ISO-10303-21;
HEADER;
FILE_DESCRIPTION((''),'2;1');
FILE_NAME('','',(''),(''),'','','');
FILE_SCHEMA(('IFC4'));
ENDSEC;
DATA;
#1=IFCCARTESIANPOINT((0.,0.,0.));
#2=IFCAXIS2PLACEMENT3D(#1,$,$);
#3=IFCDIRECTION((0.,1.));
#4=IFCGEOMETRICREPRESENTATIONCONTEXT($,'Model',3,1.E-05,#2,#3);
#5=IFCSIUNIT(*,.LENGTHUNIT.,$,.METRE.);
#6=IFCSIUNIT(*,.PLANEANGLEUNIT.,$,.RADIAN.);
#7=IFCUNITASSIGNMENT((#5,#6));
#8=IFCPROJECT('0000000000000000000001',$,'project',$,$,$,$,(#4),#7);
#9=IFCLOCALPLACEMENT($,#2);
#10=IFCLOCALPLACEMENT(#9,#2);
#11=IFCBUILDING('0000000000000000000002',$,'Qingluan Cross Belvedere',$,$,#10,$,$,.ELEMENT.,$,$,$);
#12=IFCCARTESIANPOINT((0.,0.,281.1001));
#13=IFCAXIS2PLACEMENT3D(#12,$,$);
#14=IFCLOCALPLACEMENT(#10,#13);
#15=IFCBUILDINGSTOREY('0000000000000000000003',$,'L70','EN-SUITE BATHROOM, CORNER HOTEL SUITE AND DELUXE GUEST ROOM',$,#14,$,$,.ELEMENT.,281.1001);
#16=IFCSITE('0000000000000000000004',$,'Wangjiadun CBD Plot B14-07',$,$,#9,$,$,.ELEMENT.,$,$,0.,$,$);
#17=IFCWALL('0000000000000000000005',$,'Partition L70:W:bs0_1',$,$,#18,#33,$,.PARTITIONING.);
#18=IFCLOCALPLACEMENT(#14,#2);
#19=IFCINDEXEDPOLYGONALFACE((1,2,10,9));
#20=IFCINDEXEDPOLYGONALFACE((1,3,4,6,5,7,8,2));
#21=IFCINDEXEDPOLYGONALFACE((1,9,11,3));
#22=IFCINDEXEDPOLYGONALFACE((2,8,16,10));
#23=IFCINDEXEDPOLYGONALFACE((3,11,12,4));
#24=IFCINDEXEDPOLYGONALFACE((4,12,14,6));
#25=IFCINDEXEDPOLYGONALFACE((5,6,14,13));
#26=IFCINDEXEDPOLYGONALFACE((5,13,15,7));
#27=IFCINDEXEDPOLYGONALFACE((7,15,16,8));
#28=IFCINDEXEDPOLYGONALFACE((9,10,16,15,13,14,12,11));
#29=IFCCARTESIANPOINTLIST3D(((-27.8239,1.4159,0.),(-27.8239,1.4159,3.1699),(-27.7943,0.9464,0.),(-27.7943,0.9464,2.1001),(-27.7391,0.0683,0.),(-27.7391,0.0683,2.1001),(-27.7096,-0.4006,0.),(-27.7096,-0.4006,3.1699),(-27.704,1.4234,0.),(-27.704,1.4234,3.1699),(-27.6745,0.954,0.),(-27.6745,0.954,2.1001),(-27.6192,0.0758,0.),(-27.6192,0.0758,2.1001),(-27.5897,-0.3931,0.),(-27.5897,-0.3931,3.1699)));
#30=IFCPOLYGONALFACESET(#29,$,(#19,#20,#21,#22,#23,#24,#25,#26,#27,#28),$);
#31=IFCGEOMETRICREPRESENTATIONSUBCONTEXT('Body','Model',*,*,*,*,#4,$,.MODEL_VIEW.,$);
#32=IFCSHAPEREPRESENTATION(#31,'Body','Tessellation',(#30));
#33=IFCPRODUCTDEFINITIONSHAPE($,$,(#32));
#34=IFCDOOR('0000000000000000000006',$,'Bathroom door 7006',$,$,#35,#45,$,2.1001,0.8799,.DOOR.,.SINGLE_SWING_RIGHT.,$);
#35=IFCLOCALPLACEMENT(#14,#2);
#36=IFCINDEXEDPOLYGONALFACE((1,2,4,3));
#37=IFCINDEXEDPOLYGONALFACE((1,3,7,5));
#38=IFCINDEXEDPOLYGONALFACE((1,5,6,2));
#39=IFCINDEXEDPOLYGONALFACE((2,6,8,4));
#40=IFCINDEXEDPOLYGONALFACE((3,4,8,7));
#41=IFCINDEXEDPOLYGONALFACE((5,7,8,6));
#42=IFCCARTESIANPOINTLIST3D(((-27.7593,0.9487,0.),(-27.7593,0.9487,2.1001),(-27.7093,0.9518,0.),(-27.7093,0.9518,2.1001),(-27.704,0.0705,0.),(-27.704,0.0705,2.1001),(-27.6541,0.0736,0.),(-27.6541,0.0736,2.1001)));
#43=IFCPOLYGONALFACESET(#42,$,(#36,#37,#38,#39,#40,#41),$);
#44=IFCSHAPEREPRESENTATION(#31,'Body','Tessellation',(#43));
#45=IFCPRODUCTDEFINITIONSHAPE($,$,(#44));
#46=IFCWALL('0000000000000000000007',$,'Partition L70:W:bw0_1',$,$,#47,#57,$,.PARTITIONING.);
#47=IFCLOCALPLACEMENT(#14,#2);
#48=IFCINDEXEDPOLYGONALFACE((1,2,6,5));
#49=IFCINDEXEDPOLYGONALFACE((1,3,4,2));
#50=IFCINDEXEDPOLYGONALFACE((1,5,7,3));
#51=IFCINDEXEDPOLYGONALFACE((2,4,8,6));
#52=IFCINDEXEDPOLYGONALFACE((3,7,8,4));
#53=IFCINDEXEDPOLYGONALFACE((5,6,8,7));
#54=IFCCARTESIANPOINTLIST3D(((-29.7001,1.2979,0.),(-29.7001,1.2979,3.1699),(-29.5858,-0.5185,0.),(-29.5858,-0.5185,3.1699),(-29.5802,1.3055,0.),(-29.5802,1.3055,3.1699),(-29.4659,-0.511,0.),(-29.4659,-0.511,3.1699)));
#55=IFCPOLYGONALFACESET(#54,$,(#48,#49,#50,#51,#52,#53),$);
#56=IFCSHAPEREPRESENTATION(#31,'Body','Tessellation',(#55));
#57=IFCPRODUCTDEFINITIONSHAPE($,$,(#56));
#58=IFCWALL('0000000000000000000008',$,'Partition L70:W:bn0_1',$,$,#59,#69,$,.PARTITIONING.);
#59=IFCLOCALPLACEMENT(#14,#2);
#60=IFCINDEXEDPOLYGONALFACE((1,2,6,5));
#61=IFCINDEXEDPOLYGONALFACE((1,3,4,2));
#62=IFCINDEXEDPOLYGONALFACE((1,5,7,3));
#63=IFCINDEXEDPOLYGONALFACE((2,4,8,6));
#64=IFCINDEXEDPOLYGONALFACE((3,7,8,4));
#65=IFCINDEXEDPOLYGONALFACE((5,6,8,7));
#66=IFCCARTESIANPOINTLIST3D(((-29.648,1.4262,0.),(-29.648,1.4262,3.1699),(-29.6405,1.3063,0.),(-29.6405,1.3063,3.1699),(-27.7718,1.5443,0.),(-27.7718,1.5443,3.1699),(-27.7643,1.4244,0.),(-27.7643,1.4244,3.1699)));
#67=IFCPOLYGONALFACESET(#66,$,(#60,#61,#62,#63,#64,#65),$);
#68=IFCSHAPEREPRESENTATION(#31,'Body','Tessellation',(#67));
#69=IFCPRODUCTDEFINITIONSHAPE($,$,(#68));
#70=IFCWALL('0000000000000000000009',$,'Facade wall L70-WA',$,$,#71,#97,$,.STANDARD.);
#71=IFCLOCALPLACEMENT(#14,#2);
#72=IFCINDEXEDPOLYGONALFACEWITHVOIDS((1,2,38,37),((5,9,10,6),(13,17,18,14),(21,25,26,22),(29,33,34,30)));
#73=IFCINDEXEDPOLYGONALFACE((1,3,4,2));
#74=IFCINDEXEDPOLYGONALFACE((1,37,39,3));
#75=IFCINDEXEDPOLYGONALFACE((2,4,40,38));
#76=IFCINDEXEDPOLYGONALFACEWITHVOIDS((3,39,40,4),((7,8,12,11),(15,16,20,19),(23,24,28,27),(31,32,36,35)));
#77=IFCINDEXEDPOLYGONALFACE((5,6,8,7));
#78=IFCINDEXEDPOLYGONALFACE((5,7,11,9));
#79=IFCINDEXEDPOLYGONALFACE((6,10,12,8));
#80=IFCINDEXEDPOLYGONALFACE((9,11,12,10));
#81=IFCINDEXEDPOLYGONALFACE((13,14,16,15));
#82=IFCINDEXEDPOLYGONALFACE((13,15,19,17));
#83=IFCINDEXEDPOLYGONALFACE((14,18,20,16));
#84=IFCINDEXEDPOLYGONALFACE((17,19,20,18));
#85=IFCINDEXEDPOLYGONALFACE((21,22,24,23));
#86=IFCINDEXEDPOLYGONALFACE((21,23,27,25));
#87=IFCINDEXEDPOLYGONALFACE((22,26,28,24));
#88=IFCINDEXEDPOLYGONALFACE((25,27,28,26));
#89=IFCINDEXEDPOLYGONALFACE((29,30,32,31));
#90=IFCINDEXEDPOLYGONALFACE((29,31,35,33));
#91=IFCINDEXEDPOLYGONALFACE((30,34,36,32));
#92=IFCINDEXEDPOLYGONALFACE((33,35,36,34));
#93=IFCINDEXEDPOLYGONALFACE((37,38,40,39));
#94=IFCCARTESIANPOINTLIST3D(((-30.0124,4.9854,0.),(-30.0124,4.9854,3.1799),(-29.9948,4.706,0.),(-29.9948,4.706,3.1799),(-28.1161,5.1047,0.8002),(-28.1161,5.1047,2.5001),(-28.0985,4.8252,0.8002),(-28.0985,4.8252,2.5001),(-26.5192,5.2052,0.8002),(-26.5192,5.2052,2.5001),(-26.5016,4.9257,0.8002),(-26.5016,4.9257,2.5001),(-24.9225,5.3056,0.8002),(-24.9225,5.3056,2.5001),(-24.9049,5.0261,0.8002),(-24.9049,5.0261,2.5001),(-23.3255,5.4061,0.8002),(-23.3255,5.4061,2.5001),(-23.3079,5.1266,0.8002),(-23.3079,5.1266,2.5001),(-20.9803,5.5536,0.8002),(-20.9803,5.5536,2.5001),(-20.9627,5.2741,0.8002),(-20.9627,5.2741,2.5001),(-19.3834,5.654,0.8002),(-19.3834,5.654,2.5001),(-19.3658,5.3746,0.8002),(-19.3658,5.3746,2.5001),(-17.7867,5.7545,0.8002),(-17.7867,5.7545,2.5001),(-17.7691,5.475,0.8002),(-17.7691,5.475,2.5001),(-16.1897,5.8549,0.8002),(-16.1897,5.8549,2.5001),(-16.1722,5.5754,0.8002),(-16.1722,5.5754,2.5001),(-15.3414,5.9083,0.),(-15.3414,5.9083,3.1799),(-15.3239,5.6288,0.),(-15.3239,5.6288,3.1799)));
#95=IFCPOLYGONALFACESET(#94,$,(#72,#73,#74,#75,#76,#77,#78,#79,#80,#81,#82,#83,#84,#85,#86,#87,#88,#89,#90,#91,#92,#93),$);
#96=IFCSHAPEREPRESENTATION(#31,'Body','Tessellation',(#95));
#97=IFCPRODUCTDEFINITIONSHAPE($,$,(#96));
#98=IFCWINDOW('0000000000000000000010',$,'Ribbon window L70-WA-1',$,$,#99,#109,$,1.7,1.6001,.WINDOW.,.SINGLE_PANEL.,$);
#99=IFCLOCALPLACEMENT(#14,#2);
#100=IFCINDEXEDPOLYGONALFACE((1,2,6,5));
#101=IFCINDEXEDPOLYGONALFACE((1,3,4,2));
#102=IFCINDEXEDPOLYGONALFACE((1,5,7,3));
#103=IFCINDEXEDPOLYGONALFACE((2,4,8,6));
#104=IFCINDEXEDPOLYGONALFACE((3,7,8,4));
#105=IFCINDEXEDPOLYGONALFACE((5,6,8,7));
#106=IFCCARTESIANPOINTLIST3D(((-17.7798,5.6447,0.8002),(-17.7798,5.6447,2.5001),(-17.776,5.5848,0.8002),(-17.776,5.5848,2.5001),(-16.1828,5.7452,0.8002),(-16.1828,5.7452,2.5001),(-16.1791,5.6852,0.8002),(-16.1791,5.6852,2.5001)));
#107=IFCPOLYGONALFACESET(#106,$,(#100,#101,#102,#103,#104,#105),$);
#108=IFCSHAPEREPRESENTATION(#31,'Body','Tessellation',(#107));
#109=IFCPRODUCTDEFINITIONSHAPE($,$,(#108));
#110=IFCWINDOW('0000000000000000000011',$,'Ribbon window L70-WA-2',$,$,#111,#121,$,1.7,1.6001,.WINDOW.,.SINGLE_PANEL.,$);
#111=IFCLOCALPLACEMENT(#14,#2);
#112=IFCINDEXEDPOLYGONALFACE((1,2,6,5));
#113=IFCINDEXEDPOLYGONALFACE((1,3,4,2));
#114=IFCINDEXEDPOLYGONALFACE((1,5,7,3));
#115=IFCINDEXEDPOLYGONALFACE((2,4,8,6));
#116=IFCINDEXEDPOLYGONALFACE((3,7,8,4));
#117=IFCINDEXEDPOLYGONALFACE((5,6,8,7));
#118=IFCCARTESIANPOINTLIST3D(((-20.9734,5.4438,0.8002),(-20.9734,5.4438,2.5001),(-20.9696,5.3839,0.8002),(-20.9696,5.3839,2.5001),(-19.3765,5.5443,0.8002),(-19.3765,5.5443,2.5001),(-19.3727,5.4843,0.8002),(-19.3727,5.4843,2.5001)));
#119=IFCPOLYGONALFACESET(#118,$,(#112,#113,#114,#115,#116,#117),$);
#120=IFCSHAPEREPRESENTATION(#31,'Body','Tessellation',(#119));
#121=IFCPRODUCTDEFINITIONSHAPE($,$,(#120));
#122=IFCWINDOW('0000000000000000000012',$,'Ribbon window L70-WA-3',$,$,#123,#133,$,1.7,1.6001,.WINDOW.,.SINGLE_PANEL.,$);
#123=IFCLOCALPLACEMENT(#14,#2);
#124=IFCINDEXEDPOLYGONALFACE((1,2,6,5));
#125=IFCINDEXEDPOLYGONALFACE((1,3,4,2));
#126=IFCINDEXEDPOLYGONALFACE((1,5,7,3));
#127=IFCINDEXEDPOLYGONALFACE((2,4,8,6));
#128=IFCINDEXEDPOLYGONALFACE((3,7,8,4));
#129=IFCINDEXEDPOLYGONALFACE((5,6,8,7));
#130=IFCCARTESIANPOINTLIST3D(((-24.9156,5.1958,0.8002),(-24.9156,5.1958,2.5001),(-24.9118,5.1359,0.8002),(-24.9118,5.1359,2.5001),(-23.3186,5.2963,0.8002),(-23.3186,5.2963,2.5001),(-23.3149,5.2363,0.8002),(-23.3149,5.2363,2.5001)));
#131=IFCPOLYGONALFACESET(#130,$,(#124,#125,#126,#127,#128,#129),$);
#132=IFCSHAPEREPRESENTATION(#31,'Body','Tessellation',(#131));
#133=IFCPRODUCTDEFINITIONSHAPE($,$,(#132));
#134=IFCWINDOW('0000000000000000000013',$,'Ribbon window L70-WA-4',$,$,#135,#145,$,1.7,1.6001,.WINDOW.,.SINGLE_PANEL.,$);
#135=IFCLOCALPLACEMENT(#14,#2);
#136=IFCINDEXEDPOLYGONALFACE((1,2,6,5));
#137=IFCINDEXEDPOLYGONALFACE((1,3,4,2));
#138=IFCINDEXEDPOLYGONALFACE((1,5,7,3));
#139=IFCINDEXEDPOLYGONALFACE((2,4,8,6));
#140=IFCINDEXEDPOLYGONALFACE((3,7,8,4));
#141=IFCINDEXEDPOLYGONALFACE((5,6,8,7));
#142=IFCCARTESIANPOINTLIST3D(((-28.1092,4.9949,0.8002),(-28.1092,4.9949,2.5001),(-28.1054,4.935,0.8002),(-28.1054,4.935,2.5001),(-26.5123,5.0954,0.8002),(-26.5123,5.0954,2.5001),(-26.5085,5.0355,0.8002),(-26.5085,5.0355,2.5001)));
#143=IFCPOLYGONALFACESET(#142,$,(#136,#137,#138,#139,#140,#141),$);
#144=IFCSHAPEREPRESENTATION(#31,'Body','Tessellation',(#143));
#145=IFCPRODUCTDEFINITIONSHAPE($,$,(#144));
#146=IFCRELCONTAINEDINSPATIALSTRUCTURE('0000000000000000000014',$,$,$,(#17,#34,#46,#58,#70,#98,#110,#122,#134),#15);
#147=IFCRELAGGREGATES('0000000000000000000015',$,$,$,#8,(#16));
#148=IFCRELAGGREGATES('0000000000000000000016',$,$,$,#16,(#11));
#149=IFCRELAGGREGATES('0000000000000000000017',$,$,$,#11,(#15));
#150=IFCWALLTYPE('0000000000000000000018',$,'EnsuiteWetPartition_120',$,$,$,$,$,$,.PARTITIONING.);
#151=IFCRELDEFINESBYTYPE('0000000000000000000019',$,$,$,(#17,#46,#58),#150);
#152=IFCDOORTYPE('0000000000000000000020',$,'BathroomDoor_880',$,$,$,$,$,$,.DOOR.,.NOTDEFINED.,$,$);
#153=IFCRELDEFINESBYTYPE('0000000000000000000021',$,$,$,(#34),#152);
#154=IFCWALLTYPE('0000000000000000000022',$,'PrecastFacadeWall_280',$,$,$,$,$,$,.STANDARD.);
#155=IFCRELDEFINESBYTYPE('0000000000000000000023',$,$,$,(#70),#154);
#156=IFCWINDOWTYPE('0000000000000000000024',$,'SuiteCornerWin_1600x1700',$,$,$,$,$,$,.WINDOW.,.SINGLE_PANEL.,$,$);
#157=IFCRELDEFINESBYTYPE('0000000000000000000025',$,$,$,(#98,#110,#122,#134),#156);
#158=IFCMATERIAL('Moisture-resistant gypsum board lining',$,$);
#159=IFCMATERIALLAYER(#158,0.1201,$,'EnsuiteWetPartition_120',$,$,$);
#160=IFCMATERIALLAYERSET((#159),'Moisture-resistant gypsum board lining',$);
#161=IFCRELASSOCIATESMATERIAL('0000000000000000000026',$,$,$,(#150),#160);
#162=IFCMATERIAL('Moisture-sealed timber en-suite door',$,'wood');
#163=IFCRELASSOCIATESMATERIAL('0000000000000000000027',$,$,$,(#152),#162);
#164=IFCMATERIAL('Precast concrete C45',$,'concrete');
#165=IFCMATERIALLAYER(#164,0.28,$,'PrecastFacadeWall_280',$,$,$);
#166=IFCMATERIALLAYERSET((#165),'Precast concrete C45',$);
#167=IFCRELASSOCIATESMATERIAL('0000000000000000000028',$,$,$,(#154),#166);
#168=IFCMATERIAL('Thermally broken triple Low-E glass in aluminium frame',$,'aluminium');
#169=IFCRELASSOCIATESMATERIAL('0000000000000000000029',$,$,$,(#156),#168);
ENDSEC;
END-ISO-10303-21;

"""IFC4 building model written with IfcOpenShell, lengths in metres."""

from ifc_helpers import new_model, si_unit, direction, frame, frame_2d, origin, place, context, subcontext, project, spatial, rectangle, extrude, material, layer, layer_set, type_object, element, fill, save


model = new_model("IFC4")

# Units and contexts
model_context = context("Model", 3, precision=1e-05, world=origin(), true_north=direction((0.0, 1.0)))
body_context = subcontext(model_context, "Body", "Model", "MODEL_VIEW")
ifc_project = project(units=[si_unit("LENGTHUNIT", "METRE"), si_unit("PLANEANGLEUNIT", "RADIAN")], contexts=[model_context])

# Site, building, storey
site_placement = place(None, origin())
site = spatial("IfcSite", under=ifc_project, at=site_placement, Name="Wangjiadun CBD Plot B14-07", CompositionType="ELEMENT", RefElevation=0.0)
building_placement = place(site_placement, origin())
building = spatial("IfcBuilding", under=site, at=building_placement, Name="Qingluan Cross Belvedere", CompositionType="ELEMENT")
storey_placement = place(building_placement, frame((0.0, 0.0, 281.1001)))
storey = spatial("IfcBuildingStorey", under=building, at=storey_placement, Name="L70", Description="EN-SUITE BATHROOM, CORNER HOTEL SUITE AND DELUXE GUEST ROOM", CompositionType="ELEMENT", Elevation=281.1001)

# Shared definitions
ifc_material_1 = material(Name="Moisture-resistant gypsum board lining")
ifc_layer_1 = layer(ifc_material_1, 0.1201, Name="EnsuiteWetPartition_120")
ifc_layer_set_1 = layer_set([ifc_layer_1], Name="Moisture-resistant gypsum board lining")
wall_type_1 = type_object("IfcWallType", Name="EnsuiteWetPartition_120", PredefinedType="PARTITIONING", material=ifc_layer_set_1)
ifc_material_2 = material(Name="Moisture-sealed timber en-suite door", Category="wood")
door_type_1 = type_object("IfcDoorType", Name="BathroomDoor_880", OperationType="NOTDEFINED", PredefinedType="DOOR", material=ifc_material_2)

# Wall, opening, door
wall_1_placement = place(storey_placement, frame((-27.6497, -0.397, 0.0), z_axis=(0.0, 0.0, 1.0), x_axis=(-0.062779, 0.998027, 0.0)))
wall_1 = element("IfcWall", 1, at=wall_1_placement, inside=storey, type_object=wall_type_1, Name="Partition L70:W:bs0_1", PredefinedType="PARTITIONING", context=body_context, shape_type="SweptSolid", body=[
    extrude(rectangle(XDim=1.8201, YDim=0.1201, at=frame_2d((0.9102, 0.0))), origin(), (0.0, 0.0, 1.0), 3.1699),
])
opening_1_placement = place(wall_1_placement, frame((0.47, 0.0, 0.0)))
opening_1 = element("IfcOpeningElement", 2, at=opening_1_placement, cuts=wall_1, PredefinedType="OPENING", context=body_context, shape_type="SweptSolid", body=[
    extrude(rectangle(XDim=0.8799, YDim=2.1001, at=frame_2d((0.4399, 1.05))), frame((0.0, 0.0701, 0.0), z_axis=(0.0, -1.0, 0.0), x_axis=(1.0, 0.0, 0.0)), (0.0, 0.0, 1.0), 0.1401),
])
door_1_placement = place(opening_1_placement, origin())
door_1 = element("IfcDoor", 3, at=door_1_placement, inside=storey, type_object=door_type_1, Name="Bathroom door 7006", OperationType="SINGLE_SWING_RIGHT", OverallHeight=2.1001, OverallWidth=0.8799, PredefinedType="DOOR", context=body_context, shape_type="SweptSolid", body=[
    extrude(rectangle(XDim=0.8799, YDim=2.1001, at=frame_2d((0.4399, 1.05))), frame((0.0, 0.0249, 0.0), z_axis=(0.0, -1.0, 0.0), x_axis=(1.0, 0.0, 0.0)), (0.0, 0.0, 1.0), 0.05),
])
fill(opening_1, door_1)

# Walls
wall_2_placement = place(storey_placement, frame((-29.5259, -0.5149, 0.0), z_axis=(0.0, 0.0, 1.0), x_axis=(-0.062779, 0.998027, 0.0)))
element("IfcWall", 4, at=wall_2_placement, inside=storey, type_object=wall_type_1, Name="Partition L70:W:bw0_1", PredefinedType="PARTITIONING", context=body_context, shape_type="SweptSolid", body=[
    extrude(rectangle(XDim=1.8201, YDim=0.1201, at=frame_2d((0.9102, 0.0))), origin(), (0.0, 0.0, 1.0), 3.1699),
])
wall_3_placement = place(storey_placement, frame((-27.7681, 1.4844, 0.0), z_axis=(0.0, 0.0, 1.0), x_axis=(-0.998023, -0.062855, 0.0)))
element("IfcWall", 5, at=wall_3_placement, inside=storey, type_object=wall_type_1, Name="Partition L70:W:bn0_1", PredefinedType="PARTITIONING", context=body_context, shape_type="SweptSolid", body=[
    extrude(rectangle(XDim=1.8799, YDim=0.1201, at=frame_2d((0.9399, 0.0))), origin(), (0.0, 0.0, 1.0), 3.1699),
])

# Wall, openings, windows
ifc_material_3 = material(Name="Precast concrete C45", Category="concrete")
ifc_layer_2 = layer(ifc_material_3, 0.28, Name="PrecastFacadeWall_280")
ifc_layer_set_2 = layer_set([ifc_layer_2], Name="Precast concrete C45")
wall_type_2 = type_object("IfcWallType", Name="PrecastFacadeWall_280", PredefinedType="STANDARD", material=ifc_layer_set_2)
wall_4_placement = place(storey_placement, frame((-15.3325, 5.7686, 0.0), z_axis=(0.0, 0.0, 1.0), x_axis=(-0.998027, -0.062779, 0.0)))
wall_4 = element("IfcWall", 6, at=wall_4_placement, inside=storey, type_object=wall_type_2, Name="Facade wall L70-WA", PredefinedType="STANDARD", context=body_context, shape_type="SweptSolid", body=[
    extrude(rectangle(XDim=14.7, YDim=0.28, at=frame_2d((7.3501, 0.0))), origin(), (0.0, 0.0, 1.0), 3.1799),
])
opening_2_placement = place(wall_4_placement, frame((0.8501, 0.0, 0.8)))
opening_2 = element("IfcOpeningElement", 7, at=opening_2_placement, cuts=wall_4, PredefinedType="OPENING", context=body_context, shape_type="SweptSolid", body=[
    extrude(rectangle(XDim=1.6001, YDim=1.7, at=frame_2d((0.8, 0.8501))), frame((0.0, 0.1499, 0.0), z_axis=(0.0, -1.0, 0.0), x_axis=(1.0, 0.0, 0.0)), (0.0, 0.0, 1.0), 0.3),
])
opening_3_placement = place(wall_4_placement, frame((4.05, 0.0, 0.8)))
opening_3 = element("IfcOpeningElement", 8, at=opening_3_placement, cuts=wall_4, PredefinedType="OPENING", context=body_context, shape_type="SweptSolid", body=[
    extrude(rectangle(XDim=1.6001, YDim=1.7, at=frame_2d((0.8, 0.8501))), frame((0.0, 0.1499, 0.0), z_axis=(0.0, -1.0, 0.0), x_axis=(1.0, 0.0, 0.0)), (0.0, 0.0, 1.0), 0.3),
])
opening_4_placement = place(wall_4_placement, frame((8.0, 0.0, 0.8)))
opening_4 = element("IfcOpeningElement", 9, at=opening_4_placement, cuts=wall_4, PredefinedType="OPENING", context=body_context, shape_type="SweptSolid", body=[
    extrude(rectangle(XDim=1.6001, YDim=1.7, at=frame_2d((0.8, 0.8501))), frame((0.0, 0.1499, 0.0), z_axis=(0.0, -1.0, 0.0), x_axis=(1.0, 0.0, 0.0)), (0.0, 0.0, 1.0), 0.3),
])
opening_5_placement = place(wall_4_placement, frame((11.2, 0.0, 0.8)))
opening_5 = element("IfcOpeningElement", 10, at=opening_5_placement, cuts=wall_4, PredefinedType="OPENING", context=body_context, shape_type="SweptSolid", body=[
    extrude(rectangle(XDim=1.6001, YDim=1.7, at=frame_2d((0.8, 0.8501))), frame((0.0, 0.1499, 0.0), z_axis=(0.0, -1.0, 0.0), x_axis=(1.0, 0.0, 0.0)), (0.0, 0.0, 1.0), 0.3),
])
ifc_material_4 = material(Name="Thermally broken triple Low-E glass in aluminium frame", Category="aluminium")
window_type_1 = type_object("IfcWindowType", Name="SuiteCornerWin_1600x1700", PartitioningType="SINGLE_PANEL", PredefinedType="WINDOW", material=ifc_material_4)
window_1_placement = place(opening_2_placement, origin())
window_1 = element("IfcWindow", 11, at=window_1_placement, inside=storey, type_object=window_type_1, Name="Ribbon window L70-WA-1", OverallHeight=1.7, OverallWidth=1.6001, PartitioningType="SINGLE_PANEL", PredefinedType="WINDOW", context=body_context, shape_type="SweptSolid", body=[
    extrude(rectangle(XDim=1.6001, YDim=1.7, at=frame_2d((0.8, 0.8501))), frame((0.0, 0.03, 0.0), z_axis=(0.0, -1.0, 0.0), x_axis=(1.0, 0.0, 0.0)), (0.0, 0.0, 1.0), 0.0601),
])
fill(opening_2, window_1)
window_2_placement = place(opening_3_placement, origin())
window_2 = element("IfcWindow", 12, at=window_2_placement, inside=storey, type_object=window_type_1, Name="Ribbon window L70-WA-2", OverallHeight=1.7, OverallWidth=1.6001, PartitioningType="SINGLE_PANEL", PredefinedType="WINDOW", context=body_context, shape_type="SweptSolid", body=[
    extrude(rectangle(XDim=1.6001, YDim=1.7, at=frame_2d((0.8, 0.8501))), frame((0.0, 0.03, 0.0), z_axis=(0.0, -1.0, 0.0), x_axis=(1.0, 0.0, 0.0)), (0.0, 0.0, 1.0), 0.0601),
])
fill(opening_3, window_2)
window_3_placement = place(opening_4_placement, origin())
window_3 = element("IfcWindow", 13, at=window_3_placement, inside=storey, type_object=window_type_1, Name="Ribbon window L70-WA-3", OverallHeight=1.7, OverallWidth=1.6001, PartitioningType="SINGLE_PANEL", PredefinedType="WINDOW", context=body_context, shape_type="SweptSolid", body=[
    extrude(rectangle(XDim=1.6001, YDim=1.7, at=frame_2d((0.8, 0.8501))), frame((0.0, 0.03, 0.0), z_axis=(0.0, -1.0, 0.0), x_axis=(1.0, 0.0, 0.0)), (0.0, 0.0, 1.0), 0.0601),
])
fill(opening_4, window_3)
window_4_placement = place(opening_5_placement, origin())
window_4 = element("IfcWindow", 14, at=window_4_placement, inside=storey, type_object=window_type_1, Name="Ribbon window L70-WA-4", OverallHeight=1.7, OverallWidth=1.6001, PartitioningType="SINGLE_PANEL", PredefinedType="WINDOW", context=body_context, shape_type="SweptSolid", body=[
    extrude(rectangle(XDim=1.6001, YDim=1.7, at=frame_2d((0.8, 0.8501))), frame((0.0, 0.03, 0.0), z_axis=(0.0, -1.0, 0.0), x_axis=(1.0, 0.0, 0.0)), (0.0, 0.0, 1.0), 0.0601),
])
fill(opening_5, window_4)

save(model, "model.ifc")
